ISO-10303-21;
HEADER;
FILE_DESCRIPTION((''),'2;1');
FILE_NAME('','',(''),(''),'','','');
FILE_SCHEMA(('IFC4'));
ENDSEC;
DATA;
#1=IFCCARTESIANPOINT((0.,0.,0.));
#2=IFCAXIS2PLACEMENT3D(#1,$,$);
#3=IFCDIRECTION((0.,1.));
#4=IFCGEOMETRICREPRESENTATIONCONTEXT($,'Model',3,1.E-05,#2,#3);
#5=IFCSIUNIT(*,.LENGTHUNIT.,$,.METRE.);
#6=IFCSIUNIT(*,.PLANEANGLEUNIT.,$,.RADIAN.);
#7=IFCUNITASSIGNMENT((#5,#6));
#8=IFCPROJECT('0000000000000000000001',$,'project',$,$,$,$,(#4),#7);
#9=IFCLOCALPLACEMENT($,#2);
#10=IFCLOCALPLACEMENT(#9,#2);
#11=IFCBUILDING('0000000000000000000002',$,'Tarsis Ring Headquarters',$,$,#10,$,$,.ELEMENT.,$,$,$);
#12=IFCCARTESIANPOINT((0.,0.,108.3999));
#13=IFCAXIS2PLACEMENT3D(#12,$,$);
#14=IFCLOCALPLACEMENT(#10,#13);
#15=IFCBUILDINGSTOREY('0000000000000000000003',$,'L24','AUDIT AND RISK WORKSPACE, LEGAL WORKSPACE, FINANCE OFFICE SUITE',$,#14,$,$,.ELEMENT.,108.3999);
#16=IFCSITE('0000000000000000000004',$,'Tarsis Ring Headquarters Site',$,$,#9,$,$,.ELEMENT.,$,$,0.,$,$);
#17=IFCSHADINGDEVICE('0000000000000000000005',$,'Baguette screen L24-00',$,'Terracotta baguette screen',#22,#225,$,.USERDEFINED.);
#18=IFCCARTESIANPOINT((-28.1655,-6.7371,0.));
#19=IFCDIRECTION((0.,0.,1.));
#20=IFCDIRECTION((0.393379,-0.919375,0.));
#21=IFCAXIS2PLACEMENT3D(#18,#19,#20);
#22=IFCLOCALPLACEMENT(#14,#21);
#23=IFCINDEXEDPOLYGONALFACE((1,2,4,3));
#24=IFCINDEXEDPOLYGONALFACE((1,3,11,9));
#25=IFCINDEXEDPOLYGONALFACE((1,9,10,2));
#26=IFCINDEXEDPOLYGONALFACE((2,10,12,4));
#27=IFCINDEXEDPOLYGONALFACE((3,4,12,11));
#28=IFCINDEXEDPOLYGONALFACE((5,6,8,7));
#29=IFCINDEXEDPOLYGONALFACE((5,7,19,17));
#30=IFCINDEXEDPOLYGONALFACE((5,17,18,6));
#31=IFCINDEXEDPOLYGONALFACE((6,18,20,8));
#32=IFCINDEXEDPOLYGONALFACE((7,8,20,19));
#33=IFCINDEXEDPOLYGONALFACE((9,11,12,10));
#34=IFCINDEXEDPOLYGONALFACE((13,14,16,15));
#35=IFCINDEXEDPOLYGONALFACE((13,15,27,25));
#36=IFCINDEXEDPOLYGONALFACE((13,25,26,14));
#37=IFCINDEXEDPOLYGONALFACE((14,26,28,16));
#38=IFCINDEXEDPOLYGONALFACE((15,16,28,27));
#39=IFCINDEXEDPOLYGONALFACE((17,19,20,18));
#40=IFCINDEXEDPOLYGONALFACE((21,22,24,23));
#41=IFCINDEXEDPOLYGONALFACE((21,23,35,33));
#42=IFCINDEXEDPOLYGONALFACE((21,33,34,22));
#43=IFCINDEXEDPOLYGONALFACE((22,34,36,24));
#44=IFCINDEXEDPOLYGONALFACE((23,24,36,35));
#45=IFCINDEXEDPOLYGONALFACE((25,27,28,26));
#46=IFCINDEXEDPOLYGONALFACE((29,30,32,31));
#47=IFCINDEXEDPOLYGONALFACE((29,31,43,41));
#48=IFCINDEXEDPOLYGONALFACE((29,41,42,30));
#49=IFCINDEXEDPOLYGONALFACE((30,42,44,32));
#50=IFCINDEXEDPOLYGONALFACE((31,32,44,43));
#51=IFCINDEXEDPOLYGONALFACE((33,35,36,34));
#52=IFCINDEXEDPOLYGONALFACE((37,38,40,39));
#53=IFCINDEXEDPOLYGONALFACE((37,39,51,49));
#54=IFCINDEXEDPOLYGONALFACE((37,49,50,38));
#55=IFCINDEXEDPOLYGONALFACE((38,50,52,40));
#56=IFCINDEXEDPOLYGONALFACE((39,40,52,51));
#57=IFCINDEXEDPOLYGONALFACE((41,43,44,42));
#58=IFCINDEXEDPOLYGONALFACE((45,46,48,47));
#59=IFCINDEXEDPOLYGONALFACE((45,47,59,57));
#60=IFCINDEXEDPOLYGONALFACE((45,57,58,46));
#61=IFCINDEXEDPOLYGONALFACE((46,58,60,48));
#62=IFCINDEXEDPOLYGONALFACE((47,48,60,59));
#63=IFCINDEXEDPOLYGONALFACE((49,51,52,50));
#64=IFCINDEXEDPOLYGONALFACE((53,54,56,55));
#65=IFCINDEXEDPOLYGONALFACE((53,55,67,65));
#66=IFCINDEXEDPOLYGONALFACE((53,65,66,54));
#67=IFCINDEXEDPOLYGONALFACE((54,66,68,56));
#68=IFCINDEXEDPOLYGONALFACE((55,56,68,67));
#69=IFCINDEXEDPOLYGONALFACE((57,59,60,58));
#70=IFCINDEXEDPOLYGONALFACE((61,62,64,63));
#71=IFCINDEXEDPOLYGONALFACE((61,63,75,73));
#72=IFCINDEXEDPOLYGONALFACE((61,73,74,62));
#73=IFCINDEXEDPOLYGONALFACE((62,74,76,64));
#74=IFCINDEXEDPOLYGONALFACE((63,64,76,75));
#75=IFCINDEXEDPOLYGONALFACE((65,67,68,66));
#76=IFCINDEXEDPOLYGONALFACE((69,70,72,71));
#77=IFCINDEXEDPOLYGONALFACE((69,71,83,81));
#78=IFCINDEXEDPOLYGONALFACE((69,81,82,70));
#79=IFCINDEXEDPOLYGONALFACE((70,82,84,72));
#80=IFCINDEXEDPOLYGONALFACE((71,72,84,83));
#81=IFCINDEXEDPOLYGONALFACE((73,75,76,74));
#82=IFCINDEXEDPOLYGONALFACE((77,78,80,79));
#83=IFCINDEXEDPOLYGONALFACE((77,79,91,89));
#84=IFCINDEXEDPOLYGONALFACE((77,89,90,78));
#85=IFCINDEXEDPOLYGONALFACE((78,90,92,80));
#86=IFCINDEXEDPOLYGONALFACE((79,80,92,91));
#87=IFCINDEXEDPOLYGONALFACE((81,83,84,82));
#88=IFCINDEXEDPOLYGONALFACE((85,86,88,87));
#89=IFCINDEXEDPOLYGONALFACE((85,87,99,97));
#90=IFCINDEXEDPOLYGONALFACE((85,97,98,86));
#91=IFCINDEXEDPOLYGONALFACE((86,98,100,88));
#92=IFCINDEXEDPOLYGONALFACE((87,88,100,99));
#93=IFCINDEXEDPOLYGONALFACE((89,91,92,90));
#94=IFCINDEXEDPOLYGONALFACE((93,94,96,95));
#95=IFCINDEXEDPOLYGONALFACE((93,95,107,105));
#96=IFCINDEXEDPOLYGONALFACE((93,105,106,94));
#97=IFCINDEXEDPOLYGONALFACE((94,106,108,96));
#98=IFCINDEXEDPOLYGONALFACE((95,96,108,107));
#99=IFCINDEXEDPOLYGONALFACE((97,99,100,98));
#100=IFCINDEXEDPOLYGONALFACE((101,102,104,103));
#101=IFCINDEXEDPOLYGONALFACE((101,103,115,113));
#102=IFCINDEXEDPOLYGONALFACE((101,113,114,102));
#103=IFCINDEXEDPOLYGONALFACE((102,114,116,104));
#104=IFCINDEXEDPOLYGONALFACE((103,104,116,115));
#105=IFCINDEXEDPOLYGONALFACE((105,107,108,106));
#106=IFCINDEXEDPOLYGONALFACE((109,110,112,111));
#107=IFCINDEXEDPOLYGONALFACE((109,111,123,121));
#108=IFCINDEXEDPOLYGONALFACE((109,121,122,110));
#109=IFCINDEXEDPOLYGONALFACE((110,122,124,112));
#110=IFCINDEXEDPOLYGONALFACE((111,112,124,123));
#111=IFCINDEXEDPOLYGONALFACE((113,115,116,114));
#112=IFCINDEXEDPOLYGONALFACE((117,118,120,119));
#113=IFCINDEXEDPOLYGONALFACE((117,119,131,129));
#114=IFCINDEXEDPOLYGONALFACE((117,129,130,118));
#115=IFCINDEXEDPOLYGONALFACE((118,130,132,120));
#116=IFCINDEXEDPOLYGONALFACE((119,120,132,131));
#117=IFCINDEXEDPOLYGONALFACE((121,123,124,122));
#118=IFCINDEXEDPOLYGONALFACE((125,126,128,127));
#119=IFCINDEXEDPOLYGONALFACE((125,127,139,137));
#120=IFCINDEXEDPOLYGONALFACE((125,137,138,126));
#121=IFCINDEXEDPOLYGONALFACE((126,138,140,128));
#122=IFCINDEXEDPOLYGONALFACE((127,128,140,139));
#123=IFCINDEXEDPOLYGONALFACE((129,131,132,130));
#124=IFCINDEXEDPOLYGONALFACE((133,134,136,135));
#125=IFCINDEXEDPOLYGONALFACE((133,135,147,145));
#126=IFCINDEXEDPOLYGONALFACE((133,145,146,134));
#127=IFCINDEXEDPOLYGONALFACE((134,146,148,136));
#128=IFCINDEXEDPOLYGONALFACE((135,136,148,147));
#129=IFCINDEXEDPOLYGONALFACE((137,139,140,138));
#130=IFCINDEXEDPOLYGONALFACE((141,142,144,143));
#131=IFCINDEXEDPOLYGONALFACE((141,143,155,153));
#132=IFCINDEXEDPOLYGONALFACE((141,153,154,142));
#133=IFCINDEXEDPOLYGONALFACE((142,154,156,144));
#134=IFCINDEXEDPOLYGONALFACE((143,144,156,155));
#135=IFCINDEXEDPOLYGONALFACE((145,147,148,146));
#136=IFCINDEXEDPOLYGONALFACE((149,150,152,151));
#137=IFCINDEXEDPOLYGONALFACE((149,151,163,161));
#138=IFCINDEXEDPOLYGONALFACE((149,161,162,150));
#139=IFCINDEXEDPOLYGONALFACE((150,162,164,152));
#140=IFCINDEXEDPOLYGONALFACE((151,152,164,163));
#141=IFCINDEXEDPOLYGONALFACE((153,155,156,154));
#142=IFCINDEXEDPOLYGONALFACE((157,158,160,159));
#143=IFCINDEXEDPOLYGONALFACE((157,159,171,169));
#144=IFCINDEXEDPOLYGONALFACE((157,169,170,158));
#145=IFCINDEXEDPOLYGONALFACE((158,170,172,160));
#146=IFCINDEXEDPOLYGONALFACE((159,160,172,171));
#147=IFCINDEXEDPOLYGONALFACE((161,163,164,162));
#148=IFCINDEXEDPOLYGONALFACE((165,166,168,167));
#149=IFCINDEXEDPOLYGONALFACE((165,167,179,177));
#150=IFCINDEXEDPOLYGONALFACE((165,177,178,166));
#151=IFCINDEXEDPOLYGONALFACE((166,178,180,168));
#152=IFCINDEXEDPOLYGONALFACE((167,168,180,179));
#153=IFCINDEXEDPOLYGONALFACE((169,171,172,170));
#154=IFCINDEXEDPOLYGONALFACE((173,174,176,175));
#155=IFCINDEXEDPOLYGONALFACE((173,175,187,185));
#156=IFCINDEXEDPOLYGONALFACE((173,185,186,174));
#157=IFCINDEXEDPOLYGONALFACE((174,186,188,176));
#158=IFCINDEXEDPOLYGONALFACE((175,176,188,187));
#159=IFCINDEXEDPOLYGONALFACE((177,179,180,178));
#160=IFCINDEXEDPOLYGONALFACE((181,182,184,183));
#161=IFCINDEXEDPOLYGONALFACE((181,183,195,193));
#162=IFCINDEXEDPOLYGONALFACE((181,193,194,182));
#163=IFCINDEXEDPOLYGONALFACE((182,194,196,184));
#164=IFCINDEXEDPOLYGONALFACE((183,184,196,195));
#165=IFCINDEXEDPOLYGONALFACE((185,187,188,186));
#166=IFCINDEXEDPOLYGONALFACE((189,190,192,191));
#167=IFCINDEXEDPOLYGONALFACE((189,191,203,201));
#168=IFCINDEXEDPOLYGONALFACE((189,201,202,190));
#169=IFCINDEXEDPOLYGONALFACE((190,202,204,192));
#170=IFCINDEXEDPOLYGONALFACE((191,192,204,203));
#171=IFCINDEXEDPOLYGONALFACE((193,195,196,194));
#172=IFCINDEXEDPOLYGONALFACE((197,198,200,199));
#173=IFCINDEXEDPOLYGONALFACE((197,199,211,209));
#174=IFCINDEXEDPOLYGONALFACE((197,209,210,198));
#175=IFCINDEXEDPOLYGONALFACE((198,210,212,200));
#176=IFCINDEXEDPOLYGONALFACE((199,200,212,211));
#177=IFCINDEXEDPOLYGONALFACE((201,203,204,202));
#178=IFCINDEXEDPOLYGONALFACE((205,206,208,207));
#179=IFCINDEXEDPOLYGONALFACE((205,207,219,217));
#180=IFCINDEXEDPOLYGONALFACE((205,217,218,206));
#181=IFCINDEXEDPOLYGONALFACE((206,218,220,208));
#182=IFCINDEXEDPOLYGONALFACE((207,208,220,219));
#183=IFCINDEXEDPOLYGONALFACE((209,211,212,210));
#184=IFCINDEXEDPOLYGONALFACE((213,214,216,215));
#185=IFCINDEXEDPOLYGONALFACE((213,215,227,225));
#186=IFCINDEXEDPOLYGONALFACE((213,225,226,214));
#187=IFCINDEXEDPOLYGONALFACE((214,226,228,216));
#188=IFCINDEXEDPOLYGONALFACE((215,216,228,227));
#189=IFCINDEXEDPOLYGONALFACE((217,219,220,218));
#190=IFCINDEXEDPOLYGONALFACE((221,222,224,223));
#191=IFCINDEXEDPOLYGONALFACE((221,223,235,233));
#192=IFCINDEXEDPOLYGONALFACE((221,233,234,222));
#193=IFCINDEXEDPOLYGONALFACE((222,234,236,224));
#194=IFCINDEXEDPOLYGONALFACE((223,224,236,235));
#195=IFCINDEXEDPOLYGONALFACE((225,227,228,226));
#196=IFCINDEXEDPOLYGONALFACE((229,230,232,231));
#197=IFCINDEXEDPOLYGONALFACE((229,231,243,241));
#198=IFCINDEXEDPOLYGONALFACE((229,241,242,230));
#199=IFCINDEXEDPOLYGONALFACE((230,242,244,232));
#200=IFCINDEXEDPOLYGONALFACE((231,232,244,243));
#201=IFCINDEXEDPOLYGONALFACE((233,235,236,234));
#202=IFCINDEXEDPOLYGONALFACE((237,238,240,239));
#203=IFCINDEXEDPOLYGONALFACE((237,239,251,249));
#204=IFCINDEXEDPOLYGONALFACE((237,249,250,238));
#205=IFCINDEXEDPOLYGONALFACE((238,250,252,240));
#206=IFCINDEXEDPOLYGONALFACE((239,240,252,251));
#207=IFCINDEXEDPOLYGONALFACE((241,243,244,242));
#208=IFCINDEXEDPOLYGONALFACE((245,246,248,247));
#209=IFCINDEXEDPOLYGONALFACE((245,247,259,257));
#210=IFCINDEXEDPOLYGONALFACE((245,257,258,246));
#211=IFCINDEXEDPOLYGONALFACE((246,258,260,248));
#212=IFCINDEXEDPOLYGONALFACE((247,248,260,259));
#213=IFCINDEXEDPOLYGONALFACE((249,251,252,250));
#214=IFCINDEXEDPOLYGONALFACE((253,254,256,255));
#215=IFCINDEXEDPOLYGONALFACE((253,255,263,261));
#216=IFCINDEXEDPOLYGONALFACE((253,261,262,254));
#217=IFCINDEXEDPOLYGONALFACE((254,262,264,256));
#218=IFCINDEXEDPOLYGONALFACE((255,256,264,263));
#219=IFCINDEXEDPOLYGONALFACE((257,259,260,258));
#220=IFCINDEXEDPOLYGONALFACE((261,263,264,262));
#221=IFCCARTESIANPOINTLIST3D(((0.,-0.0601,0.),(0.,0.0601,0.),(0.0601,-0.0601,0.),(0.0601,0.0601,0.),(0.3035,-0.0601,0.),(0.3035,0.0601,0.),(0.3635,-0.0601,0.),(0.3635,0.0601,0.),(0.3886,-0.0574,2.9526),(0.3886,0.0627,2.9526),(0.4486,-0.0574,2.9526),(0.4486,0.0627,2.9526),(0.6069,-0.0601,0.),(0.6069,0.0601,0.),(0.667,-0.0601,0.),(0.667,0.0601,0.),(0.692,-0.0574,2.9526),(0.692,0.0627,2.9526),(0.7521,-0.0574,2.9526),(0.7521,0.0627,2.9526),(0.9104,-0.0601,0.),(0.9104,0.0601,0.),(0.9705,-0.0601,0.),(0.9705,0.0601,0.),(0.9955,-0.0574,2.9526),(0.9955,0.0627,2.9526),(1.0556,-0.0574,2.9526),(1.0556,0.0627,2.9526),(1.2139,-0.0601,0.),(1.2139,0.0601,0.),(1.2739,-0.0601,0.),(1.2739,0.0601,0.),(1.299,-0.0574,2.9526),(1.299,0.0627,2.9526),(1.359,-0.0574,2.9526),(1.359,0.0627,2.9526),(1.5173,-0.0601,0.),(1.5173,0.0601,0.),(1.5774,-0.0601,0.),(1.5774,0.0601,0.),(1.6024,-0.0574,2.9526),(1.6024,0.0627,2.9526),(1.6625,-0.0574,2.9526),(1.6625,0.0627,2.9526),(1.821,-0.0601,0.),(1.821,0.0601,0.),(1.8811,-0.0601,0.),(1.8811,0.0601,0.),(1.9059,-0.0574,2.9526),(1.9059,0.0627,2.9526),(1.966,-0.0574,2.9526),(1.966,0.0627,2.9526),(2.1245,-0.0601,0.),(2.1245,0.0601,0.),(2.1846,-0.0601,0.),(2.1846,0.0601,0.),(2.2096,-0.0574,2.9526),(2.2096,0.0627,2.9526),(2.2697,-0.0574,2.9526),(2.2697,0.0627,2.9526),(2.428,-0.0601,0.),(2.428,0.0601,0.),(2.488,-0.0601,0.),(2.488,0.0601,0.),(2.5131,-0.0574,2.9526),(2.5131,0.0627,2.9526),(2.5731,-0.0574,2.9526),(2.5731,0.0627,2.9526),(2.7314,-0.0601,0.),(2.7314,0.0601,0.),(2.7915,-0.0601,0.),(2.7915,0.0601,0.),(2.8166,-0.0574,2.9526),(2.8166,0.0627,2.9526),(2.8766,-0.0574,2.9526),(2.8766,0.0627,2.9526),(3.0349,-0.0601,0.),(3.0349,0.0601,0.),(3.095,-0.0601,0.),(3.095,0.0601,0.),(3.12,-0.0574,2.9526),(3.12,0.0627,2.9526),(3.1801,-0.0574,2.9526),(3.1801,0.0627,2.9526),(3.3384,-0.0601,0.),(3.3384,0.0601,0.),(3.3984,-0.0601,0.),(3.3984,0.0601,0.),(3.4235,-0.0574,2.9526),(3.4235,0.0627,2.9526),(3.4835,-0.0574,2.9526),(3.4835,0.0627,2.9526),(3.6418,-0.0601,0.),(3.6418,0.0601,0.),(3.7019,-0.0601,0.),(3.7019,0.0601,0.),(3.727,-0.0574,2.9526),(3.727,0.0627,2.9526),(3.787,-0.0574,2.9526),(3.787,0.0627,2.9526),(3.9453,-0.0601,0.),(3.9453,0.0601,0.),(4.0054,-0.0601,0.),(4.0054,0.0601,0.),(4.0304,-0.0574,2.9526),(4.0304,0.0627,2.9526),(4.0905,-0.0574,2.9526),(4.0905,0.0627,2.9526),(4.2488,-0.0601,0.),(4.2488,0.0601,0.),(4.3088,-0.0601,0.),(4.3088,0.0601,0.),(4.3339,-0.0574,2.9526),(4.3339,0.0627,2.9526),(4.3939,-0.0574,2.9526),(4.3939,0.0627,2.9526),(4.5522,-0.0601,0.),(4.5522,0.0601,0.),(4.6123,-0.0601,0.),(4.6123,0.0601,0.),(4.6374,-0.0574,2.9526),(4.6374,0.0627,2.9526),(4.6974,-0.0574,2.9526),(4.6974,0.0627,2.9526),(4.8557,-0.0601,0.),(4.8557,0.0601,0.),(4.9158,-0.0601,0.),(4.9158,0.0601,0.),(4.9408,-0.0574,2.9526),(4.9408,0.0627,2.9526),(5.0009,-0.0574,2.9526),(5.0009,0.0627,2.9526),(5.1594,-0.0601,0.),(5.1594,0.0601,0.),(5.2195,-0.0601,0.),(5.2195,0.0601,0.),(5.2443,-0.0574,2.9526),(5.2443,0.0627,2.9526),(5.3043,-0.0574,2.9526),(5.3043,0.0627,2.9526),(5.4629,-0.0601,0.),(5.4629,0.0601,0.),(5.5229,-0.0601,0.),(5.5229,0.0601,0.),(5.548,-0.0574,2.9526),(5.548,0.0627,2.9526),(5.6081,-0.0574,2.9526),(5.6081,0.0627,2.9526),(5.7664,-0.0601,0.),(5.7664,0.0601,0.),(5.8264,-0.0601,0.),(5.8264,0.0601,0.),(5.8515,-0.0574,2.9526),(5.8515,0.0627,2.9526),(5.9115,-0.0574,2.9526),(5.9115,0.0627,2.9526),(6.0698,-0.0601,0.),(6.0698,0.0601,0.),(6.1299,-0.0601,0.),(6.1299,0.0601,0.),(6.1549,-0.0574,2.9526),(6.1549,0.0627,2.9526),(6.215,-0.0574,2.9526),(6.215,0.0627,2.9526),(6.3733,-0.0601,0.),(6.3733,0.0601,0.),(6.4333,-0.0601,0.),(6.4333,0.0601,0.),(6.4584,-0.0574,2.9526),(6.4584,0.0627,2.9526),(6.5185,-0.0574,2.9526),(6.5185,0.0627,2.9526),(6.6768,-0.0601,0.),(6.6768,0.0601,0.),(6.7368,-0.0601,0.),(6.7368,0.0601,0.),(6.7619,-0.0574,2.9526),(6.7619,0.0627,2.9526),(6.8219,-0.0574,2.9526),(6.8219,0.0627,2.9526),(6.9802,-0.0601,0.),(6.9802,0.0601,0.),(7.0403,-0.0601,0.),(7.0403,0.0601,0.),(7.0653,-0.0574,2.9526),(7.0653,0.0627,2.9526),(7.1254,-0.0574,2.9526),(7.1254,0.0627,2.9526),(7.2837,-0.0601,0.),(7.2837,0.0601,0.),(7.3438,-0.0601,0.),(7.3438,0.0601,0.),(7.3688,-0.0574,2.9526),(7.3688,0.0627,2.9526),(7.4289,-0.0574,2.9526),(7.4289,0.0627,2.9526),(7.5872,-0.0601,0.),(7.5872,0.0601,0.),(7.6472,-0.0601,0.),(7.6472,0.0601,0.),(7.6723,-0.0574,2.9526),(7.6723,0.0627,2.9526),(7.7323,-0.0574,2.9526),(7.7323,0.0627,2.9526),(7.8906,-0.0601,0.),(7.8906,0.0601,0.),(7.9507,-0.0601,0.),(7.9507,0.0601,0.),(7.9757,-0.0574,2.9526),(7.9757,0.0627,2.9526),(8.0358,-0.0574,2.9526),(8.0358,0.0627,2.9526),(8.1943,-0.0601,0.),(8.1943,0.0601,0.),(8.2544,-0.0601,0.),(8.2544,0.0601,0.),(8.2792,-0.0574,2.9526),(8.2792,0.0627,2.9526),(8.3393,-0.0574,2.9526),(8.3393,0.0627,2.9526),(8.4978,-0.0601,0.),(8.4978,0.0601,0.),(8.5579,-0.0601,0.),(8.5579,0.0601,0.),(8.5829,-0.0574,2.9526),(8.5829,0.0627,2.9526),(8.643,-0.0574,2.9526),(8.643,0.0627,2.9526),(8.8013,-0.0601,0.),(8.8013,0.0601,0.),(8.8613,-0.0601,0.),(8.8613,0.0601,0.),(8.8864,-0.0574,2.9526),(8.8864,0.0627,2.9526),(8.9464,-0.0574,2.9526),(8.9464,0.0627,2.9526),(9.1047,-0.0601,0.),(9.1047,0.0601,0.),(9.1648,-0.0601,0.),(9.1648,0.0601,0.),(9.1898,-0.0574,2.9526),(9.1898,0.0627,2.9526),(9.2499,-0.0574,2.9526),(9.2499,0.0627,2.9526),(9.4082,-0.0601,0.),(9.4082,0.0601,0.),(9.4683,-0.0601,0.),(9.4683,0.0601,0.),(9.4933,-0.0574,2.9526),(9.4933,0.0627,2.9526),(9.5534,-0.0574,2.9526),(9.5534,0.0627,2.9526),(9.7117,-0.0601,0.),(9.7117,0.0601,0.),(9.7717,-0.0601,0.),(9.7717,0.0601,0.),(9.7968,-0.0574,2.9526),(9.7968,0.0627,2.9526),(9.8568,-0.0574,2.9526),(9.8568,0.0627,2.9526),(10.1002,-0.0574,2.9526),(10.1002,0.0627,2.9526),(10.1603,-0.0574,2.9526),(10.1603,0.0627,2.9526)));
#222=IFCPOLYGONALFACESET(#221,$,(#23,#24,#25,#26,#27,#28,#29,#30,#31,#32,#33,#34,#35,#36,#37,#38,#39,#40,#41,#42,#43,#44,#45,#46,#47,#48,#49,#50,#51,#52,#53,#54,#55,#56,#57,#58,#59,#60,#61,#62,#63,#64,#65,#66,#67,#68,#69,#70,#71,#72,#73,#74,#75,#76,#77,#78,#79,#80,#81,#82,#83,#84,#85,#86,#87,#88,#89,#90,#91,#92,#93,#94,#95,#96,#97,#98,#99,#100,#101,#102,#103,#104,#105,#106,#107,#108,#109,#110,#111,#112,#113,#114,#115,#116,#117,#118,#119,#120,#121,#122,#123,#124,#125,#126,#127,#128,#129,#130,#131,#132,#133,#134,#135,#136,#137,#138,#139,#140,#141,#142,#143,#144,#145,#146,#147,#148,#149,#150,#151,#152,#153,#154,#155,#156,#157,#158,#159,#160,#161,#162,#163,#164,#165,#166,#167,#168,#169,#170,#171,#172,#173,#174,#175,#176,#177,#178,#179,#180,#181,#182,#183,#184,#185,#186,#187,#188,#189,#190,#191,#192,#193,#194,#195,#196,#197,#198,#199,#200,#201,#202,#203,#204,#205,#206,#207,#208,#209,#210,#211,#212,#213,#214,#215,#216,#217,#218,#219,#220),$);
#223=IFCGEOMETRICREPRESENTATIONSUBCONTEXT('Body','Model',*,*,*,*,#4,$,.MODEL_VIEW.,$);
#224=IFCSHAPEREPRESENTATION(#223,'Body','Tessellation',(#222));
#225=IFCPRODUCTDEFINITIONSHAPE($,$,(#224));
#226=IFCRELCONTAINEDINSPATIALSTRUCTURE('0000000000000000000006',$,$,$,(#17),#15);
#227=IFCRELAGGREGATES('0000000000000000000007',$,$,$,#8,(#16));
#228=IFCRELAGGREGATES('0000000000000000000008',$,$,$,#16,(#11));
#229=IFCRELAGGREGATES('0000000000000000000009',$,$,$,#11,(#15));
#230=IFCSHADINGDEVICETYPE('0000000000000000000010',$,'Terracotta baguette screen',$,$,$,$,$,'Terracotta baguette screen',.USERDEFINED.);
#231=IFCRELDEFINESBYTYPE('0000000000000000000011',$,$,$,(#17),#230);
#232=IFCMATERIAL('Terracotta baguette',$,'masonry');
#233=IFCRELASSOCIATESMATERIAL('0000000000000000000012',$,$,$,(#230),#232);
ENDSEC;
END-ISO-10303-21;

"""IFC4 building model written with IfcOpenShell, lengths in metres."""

from ifc_helpers import new_model, si_unit, direction, frame, frame_2d, origin, place, context, subcontext, project, spatial, rectangle, composite_profile, extrude, material, type_object, element, save


model = new_model("IFC4")

# Units and contexts
model_context = context("Model", 3, precision=1e-05, world=origin(), true_north=direction((0.0, 1.0)))
body_context = subcontext(model_context, "Body", "Model", "MODEL_VIEW")
ifc_project = project(units=[si_unit("LENGTHUNIT", "METRE"), si_unit("PLANEANGLEUNIT", "RADIAN")], contexts=[model_context])

# Site, building, storey
site_placement = place(None, origin())
site = spatial("IfcSite", under=ifc_project, at=site_placement, Name="Tarsis Ring Headquarters Site", CompositionType="ELEMENT", RefElevation=0.0)
building_placement = place(site_placement, origin())
building = spatial("IfcBuilding", under=site, at=building_placement, Name="Tarsis Ring Headquarters", CompositionType="ELEMENT")
storey_placement = place(building_placement, frame((0.0, 0.0, 108.3999)))
storey = spatial("IfcBuildingStorey", under=building, at=storey_placement, Name="L24", Description="AUDIT AND RISK WORKSPACE, LEGAL WORKSPACE, FINANCE OFFICE SUITE", CompositionType="ELEMENT", Elevation=108.3999)

# Shading device
ifc_material_1 = material(Name="Terracotta baguette", Category="masonry")
shading_device_type = type_object("IfcShadingDeviceType", Name="Terracotta baguette screen", ElementType="Terracotta baguette screen", PredefinedType="USERDEFINED", material=ifc_material_1)
shading_device_placement = place(storey_placement, frame((-28.1655, -6.7371, 0.0), z_axis=(0.0, 0.0, 1.0), x_axis=(0.393379, -0.919375, 0.0)))
element("IfcShadingDevice", 1, at=shading_device_placement, inside=storey, type_object=shading_device_type, Name="Baguette screen L24-00", ObjectType="Terracotta baguette screen", PredefinedType="USERDEFINED", context=body_context, shape_type="SweptSolid", body=[
    extrude(composite_profile([rectangle(XDim=0.0601, YDim=0.1201, at=frame_2d((0.03, 0.0))), rectangle(XDim=0.0601, YDim=0.1201, at=frame_2d((0.3335, 0.0))), rectangle(XDim=0.0601, YDim=0.1201, at=frame_2d((0.637, 0.0))), rectangle(XDim=0.0601, YDim=0.1201, at=frame_2d((0.9404, 0.0))), rectangle(XDim=0.0601, YDim=0.1201, at=frame_2d((1.2439, 0.0))), rectangle(XDim=0.0601, YDim=0.1201, at=frame_2d((1.5474, 0.0))), rectangle(XDim=0.0601, YDim=0.1201, at=frame_2d((1.8511, 0.0))), rectangle(XDim=0.0601, YDim=0.1201, at=frame_2d((2.1545, 0.0))), rectangle(XDim=0.0601, YDim=0.1201, at=frame_2d((2.458, 0.0))), rectangle(XDim=0.0601, YDim=0.1201, at=frame_2d((2.7615, 0.0))), rectangle(XDim=0.0601, YDim=0.1201, at=frame_2d((3.0649, 0.0))), rectangle(XDim=0.0601, YDim=0.1201, at=frame_2d((3.3684, 0.0))), rectangle(XDim=0.0601, YDim=0.1201, at=frame_2d((3.6719, 0.0))), rectangle(XDim=0.0601, YDim=0.1201, at=frame_2d((3.9753, 0.0))), rectangle(XDim=0.0601, YDim=0.1201, at=frame_2d((4.2788, 0.0))), rectangle(XDim=0.0601, YDim=0.1201, at=frame_2d((4.5823, 0.0))), rectangle(XDim=0.0601, YDim=0.1201, at=frame_2d((4.8857, 0.0))), rectangle(XDim=0.0601, YDim=0.1201, at=frame_2d((5.1895, 0.0))), rectangle(XDim=0.0601, YDim=0.1201, at=frame_2d((5.4929, 0.0))), rectangle(XDim=0.0601, YDim=0.1201, at=frame_2d((5.7964, 0.0))), rectangle(XDim=0.0601, YDim=0.1201, at=frame_2d((6.0999, 0.0))), rectangle(XDim=0.0601, YDim=0.1201, at=frame_2d((6.4033, 0.0))), rectangle(XDim=0.0601, YDim=0.1201, at=frame_2d((6.7068, 0.0))), rectangle(XDim=0.0601, YDim=0.1201, at=frame_2d((7.0103, 0.0))), rectangle(XDim=0.0601, YDim=0.1201, at=frame_2d((7.3137, 0.0))), rectangle(XDim=0.0601, YDim=0.1201, at=frame_2d((7.6172, 0.0))), rectangle(XDim=0.0601, YDim=0.1201, at=frame_2d((7.9207, 0.0))), rectangle(XDim=0.0601, YDim=0.1201, at=frame_2d((8.2244, 0.0))), rectangle(XDim=0.0601, YDim=0.1201, at=frame_2d((8.5278, 0.0))), rectangle(XDim=0.0601, YDim=0.1201, at=frame_2d((8.8313, 0.0))), rectangle(XDim=0.0601, YDim=0.1201, at=frame_2d((9.1348, 0.0))), rectangle(XDim=0.0601, YDim=0.1201, at=frame_2d((9.4382, 0.0))), rectangle(XDim=0.0601, YDim=0.1201, at=frame_2d((9.7417, 0.0)))]), origin(), (0.130481, 0.000888, 0.99145), 2.978),
])

save(model, "model.ifc")
